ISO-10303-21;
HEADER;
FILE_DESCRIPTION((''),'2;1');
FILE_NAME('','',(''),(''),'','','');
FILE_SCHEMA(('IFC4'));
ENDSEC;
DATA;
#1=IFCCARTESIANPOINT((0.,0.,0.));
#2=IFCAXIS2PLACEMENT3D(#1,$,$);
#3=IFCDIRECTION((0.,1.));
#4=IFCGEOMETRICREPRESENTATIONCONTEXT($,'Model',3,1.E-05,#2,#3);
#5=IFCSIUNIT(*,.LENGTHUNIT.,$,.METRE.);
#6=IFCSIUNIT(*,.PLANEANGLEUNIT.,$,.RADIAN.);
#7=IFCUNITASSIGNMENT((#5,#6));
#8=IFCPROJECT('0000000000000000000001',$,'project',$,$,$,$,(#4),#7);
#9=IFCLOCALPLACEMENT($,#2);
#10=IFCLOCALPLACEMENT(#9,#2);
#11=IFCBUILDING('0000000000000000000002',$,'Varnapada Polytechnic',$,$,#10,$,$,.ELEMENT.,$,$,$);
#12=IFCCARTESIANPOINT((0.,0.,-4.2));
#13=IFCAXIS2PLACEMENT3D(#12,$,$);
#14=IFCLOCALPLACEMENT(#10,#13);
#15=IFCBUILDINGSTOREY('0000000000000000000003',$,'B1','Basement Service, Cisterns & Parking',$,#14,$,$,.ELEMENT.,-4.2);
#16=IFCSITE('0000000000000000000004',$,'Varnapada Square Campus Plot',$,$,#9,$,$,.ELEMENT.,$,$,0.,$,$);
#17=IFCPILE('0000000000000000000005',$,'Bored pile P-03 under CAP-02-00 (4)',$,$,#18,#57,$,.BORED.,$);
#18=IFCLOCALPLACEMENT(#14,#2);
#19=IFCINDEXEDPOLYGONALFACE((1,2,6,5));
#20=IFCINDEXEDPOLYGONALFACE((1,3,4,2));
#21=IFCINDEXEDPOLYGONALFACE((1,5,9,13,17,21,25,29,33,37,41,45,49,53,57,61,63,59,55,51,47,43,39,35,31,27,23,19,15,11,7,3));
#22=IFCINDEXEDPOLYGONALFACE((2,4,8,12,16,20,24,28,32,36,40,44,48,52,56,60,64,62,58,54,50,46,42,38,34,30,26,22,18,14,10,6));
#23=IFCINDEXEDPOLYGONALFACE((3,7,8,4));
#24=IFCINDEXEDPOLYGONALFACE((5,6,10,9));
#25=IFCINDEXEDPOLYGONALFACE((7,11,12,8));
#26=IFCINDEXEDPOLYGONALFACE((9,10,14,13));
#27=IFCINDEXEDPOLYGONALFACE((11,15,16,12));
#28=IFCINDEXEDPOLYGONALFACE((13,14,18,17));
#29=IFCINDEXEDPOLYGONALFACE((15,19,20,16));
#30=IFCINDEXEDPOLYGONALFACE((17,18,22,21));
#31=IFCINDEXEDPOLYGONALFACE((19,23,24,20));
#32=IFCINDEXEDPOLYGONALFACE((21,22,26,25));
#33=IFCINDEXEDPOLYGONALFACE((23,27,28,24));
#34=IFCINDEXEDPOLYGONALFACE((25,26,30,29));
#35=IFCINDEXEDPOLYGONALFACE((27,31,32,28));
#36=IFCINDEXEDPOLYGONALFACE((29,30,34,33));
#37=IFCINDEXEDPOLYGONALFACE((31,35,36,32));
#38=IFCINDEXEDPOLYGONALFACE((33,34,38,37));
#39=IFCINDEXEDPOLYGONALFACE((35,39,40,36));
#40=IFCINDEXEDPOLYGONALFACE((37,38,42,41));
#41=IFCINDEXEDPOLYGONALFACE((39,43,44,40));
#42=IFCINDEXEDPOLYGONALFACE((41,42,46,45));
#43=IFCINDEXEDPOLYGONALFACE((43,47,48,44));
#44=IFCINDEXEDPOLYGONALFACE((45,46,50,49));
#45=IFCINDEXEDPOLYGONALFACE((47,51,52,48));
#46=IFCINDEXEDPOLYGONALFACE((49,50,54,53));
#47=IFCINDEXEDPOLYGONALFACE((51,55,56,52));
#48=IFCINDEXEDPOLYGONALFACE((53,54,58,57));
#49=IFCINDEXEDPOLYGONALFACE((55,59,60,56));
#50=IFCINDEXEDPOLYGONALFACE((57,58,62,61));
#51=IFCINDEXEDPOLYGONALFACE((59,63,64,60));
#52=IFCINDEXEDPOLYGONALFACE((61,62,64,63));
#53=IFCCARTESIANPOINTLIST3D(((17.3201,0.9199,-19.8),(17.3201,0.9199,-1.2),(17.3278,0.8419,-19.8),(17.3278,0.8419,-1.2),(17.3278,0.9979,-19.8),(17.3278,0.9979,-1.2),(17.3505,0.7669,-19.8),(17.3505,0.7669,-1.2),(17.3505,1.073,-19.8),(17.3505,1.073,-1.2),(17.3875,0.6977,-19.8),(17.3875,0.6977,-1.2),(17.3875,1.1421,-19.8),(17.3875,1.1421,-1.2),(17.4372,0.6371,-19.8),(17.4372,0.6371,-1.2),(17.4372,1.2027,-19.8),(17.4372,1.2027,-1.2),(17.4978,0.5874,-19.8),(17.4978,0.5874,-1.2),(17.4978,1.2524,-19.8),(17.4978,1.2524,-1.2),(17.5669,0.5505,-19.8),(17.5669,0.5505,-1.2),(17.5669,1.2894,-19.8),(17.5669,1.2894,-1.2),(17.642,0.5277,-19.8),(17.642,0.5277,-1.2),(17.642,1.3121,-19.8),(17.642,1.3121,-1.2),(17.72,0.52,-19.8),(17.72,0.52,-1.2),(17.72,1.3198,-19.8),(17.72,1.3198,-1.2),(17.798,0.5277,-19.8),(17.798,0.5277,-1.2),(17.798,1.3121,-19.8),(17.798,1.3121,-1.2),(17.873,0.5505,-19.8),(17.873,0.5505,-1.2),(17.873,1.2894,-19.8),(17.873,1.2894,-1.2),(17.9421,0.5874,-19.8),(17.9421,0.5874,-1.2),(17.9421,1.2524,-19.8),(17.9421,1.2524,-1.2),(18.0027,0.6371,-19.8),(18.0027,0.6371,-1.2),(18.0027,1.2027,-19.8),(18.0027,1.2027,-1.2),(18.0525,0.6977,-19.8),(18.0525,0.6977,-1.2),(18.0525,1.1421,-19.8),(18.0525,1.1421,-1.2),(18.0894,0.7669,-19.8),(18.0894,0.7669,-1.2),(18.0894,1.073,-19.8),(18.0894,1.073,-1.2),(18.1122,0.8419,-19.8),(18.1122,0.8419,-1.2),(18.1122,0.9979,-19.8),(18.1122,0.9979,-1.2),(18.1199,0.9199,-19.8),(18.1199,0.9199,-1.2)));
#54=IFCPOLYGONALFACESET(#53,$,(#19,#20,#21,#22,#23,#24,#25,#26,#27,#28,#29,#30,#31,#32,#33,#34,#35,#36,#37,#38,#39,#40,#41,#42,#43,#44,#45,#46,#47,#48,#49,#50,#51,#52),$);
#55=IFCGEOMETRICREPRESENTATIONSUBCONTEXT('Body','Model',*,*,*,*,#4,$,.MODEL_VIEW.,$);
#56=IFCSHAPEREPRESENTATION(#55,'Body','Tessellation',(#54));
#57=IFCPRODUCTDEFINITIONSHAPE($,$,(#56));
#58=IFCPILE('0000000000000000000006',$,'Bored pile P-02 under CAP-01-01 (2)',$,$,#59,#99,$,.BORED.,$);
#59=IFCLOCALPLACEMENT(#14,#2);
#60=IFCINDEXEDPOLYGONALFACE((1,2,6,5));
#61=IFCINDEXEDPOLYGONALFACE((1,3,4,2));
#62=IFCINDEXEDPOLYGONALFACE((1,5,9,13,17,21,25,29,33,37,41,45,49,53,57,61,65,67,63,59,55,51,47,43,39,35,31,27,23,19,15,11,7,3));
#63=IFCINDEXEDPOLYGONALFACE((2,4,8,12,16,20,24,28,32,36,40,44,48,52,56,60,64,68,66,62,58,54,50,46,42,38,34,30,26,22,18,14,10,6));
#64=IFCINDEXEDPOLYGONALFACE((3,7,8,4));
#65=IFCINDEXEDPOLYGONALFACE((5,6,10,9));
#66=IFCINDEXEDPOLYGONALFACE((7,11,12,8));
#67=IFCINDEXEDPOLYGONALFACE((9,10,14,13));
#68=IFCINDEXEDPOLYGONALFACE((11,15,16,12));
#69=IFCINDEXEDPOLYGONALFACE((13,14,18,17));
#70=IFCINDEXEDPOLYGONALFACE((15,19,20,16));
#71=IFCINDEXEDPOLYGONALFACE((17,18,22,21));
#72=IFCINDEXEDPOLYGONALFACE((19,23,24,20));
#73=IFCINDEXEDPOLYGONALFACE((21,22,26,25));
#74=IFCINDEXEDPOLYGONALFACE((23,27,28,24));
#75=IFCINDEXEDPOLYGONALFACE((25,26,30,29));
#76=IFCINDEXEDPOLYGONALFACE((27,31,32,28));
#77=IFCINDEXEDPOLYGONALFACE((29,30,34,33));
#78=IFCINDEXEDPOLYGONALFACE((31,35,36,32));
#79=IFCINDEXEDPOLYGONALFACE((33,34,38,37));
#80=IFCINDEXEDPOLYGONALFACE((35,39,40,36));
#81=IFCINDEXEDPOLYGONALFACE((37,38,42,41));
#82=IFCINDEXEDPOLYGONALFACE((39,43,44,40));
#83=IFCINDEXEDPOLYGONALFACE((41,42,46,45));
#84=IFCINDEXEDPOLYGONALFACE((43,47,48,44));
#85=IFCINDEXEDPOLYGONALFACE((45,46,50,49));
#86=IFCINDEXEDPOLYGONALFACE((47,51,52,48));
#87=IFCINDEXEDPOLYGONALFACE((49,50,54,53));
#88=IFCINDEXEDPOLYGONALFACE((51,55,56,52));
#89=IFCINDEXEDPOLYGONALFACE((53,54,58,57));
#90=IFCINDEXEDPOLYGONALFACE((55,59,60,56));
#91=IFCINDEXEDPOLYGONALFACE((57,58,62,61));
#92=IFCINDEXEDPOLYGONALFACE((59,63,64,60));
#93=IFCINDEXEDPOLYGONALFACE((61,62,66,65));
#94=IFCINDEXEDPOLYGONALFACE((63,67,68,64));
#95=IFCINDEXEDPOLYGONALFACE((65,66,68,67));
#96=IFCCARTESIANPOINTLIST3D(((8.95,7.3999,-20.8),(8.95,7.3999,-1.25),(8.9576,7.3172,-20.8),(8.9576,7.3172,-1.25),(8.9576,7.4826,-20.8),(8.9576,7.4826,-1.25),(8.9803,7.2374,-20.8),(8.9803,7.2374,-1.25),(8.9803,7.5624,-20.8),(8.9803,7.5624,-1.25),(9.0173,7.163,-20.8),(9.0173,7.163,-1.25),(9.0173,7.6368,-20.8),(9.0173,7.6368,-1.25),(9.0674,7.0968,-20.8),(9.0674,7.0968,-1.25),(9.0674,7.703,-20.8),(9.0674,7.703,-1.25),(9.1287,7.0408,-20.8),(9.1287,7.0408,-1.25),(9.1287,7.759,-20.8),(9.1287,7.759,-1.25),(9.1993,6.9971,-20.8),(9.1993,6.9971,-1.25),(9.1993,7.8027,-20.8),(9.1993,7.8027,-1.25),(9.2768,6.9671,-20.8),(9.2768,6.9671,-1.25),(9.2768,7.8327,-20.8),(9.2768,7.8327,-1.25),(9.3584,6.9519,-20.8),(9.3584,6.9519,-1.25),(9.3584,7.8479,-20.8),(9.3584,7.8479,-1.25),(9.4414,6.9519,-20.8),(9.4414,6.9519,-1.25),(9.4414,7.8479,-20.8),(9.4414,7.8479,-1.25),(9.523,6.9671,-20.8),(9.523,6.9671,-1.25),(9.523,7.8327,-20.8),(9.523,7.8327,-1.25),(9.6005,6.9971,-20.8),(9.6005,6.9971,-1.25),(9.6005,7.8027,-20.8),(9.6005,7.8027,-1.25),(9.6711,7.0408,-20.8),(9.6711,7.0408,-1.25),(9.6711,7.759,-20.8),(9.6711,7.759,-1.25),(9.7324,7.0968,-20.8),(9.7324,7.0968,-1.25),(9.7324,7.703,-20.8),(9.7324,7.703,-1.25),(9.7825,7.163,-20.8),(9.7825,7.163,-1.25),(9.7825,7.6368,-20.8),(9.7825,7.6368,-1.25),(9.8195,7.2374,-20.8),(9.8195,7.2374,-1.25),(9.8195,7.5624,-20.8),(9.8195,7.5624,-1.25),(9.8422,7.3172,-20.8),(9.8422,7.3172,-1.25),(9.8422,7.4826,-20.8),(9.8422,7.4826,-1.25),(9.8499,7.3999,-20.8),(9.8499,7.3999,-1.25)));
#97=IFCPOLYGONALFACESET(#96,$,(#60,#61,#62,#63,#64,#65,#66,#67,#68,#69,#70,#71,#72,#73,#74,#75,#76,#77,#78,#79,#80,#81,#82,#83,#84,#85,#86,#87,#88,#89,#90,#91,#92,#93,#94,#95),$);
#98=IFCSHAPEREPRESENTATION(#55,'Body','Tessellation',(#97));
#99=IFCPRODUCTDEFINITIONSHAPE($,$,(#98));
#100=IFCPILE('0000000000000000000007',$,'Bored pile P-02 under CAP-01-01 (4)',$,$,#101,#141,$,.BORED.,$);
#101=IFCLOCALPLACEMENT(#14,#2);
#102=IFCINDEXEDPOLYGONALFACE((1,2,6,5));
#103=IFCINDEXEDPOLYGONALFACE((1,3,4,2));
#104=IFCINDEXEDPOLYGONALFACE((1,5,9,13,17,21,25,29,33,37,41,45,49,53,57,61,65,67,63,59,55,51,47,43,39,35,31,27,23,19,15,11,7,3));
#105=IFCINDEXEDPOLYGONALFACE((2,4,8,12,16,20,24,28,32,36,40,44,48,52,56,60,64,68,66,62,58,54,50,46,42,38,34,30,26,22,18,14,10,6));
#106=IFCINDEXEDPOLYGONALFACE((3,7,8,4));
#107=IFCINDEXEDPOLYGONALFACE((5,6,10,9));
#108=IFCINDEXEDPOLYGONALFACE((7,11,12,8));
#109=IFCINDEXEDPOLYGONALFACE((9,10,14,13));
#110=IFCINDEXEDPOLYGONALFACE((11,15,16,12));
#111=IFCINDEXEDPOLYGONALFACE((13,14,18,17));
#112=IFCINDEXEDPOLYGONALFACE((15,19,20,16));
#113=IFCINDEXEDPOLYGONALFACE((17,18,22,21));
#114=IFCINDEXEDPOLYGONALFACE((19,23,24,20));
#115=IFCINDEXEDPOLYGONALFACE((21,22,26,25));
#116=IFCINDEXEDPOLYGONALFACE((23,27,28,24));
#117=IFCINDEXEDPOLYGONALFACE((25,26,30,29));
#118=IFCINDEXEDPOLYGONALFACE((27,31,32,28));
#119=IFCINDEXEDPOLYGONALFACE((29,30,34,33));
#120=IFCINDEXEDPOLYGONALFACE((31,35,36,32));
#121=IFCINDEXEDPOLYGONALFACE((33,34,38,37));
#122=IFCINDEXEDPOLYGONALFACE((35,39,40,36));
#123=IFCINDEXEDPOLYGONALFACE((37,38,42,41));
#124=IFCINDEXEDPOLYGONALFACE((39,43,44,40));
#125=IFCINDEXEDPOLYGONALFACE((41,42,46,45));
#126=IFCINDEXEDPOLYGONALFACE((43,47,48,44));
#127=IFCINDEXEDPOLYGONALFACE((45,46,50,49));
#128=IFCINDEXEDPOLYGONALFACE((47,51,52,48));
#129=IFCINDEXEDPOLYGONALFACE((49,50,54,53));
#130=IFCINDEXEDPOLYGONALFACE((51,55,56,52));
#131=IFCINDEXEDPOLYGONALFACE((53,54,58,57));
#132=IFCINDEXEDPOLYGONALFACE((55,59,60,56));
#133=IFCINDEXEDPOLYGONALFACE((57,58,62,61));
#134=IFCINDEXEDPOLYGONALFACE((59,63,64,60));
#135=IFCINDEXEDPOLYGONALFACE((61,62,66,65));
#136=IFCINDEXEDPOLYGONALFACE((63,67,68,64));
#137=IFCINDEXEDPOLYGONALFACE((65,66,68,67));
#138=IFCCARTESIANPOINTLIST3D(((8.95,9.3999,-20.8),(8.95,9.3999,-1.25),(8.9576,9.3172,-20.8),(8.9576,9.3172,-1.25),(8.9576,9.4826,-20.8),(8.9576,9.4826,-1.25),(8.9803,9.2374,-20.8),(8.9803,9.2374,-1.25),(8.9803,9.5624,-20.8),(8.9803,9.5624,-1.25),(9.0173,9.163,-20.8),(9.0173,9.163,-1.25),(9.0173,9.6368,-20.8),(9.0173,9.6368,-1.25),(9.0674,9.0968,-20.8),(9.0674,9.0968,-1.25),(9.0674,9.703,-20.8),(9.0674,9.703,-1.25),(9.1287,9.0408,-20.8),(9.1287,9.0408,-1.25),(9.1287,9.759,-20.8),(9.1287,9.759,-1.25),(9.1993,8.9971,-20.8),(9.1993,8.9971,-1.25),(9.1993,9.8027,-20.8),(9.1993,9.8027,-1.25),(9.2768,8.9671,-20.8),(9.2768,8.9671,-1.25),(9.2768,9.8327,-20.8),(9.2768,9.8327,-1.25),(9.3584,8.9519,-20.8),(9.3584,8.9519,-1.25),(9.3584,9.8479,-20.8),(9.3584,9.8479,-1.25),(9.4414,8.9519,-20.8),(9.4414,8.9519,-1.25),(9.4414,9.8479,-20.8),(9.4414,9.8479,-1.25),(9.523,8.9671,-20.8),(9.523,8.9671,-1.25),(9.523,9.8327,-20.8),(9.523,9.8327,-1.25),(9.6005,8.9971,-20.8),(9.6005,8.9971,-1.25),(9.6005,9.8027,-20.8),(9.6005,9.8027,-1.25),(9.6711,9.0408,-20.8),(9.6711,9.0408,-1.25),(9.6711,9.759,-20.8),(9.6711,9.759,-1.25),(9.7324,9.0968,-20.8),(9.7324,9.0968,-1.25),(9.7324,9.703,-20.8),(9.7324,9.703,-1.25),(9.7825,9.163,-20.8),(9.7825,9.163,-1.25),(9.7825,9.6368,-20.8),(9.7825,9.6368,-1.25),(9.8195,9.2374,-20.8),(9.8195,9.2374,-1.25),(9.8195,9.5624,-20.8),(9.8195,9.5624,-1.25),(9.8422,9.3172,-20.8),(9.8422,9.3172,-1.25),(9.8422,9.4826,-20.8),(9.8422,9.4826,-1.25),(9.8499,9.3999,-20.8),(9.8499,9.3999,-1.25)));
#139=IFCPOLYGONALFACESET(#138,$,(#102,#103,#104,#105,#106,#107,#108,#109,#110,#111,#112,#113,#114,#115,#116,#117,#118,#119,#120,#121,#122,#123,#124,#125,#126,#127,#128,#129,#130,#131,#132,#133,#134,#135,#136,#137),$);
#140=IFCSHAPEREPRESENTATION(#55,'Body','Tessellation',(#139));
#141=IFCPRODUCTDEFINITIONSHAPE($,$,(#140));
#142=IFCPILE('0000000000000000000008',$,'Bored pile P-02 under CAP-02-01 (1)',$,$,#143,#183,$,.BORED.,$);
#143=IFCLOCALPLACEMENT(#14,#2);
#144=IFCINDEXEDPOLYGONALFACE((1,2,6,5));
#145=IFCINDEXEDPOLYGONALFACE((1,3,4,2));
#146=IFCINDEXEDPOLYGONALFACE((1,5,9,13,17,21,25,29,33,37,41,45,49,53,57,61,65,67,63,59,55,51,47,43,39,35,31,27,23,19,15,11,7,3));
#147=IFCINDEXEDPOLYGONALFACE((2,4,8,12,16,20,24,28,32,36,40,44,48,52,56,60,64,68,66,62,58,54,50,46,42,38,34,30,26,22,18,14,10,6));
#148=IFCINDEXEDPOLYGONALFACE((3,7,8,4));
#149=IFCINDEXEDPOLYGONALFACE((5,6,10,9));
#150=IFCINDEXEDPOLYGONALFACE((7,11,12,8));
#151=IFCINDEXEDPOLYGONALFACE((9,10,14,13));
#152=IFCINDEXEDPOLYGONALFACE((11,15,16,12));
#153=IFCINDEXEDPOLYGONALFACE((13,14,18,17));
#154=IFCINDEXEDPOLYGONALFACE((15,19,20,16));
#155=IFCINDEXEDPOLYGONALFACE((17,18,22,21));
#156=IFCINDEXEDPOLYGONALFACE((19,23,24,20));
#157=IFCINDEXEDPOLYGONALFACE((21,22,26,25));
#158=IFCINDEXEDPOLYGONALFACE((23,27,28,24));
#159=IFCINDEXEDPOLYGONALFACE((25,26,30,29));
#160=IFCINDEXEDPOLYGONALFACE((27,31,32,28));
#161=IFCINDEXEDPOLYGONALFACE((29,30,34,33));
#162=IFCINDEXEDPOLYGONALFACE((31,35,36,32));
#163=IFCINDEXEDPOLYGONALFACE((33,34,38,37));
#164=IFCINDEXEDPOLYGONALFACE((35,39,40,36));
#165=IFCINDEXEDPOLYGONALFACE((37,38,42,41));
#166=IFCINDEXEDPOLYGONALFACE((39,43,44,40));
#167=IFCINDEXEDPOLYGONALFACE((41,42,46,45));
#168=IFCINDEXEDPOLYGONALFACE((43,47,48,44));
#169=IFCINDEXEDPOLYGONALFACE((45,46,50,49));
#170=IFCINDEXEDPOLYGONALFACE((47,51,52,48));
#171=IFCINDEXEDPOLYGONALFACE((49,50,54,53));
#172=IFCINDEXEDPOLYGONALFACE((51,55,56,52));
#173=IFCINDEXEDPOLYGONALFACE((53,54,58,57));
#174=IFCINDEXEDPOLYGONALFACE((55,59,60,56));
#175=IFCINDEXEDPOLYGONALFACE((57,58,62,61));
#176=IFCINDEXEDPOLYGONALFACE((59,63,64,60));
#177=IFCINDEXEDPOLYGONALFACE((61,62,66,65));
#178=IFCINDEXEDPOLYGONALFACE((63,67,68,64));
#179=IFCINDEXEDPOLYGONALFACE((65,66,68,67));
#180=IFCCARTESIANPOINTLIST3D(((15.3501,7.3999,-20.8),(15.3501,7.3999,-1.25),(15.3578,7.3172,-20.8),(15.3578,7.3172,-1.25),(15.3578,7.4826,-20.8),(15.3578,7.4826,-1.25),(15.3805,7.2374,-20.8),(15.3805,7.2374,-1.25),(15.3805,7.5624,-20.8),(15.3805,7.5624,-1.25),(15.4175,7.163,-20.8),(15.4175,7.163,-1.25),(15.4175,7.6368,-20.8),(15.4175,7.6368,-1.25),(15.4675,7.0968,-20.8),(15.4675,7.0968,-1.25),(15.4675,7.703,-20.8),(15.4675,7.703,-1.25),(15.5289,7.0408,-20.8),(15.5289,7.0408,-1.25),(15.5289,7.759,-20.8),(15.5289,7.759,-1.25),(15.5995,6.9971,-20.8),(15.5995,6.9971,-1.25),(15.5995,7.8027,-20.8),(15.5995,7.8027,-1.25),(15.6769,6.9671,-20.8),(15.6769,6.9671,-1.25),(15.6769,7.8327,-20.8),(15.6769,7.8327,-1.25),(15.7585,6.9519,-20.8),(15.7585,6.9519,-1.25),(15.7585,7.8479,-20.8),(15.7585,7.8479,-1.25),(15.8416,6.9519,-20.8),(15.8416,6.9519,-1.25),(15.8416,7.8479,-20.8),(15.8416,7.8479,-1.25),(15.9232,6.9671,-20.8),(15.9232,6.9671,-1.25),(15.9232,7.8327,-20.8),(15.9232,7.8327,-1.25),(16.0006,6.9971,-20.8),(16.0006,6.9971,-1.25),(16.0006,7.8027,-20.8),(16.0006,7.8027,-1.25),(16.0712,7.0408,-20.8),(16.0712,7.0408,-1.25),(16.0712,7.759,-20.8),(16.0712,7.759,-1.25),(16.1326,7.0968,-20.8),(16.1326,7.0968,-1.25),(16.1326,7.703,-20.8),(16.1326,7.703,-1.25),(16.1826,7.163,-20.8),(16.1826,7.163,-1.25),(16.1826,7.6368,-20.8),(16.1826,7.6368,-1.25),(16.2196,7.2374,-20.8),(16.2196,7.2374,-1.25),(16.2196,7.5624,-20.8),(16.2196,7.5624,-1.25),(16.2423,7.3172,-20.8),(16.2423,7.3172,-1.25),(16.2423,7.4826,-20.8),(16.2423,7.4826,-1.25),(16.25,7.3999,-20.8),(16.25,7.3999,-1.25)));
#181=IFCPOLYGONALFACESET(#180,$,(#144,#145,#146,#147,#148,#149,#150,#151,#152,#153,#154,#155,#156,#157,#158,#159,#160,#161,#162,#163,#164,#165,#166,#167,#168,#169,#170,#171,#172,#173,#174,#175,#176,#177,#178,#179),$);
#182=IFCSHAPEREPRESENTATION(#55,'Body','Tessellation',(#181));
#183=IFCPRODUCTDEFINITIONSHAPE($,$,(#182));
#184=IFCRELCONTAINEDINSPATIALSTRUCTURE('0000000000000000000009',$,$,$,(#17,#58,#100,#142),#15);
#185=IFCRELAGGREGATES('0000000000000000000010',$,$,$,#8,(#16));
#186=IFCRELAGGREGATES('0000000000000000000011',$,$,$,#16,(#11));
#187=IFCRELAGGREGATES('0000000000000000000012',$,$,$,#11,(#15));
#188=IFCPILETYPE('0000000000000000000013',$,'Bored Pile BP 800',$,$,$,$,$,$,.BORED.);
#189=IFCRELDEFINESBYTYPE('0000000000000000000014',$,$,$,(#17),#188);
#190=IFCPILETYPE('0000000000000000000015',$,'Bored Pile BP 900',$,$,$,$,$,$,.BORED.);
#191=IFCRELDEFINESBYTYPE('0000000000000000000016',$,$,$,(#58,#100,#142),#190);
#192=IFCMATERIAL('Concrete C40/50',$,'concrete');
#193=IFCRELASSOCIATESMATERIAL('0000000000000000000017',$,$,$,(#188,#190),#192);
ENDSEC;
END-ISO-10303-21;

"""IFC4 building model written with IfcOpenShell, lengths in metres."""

from ifc_helpers import new_model, si_unit, direction, frame, origin, origin_2d, place, context, subcontext, project, spatial, circle, extrude, material, material_profile, profile_set, type_object, element, save


model = new_model("IFC4")

# Units and contexts
model_context = context("Model", 3, precision=1e-05, world=origin(), true_north=direction((0.0, 1.0)))
body_context = subcontext(model_context, "Body", "Model", "MODEL_VIEW")
ifc_project = project(units=[si_unit("LENGTHUNIT", "METRE"), si_unit("PLANEANGLEUNIT", "RADIAN")], contexts=[model_context])

# Site, building, storey
site_placement = place(None, origin())
site = spatial("IfcSite", under=ifc_project, at=site_placement, Name="Varnapada Square Campus Plot", CompositionType="ELEMENT", RefElevation=0.0)
building_placement = place(site_placement, origin())
building = spatial("IfcBuilding", under=site, at=building_placement, Name="Varnapada Polytechnic", CompositionType="ELEMENT")
storey_placement = place(building_placement, frame((0.0, 0.0, -4.2)))
storey = spatial("IfcBuildingStorey", under=building, at=storey_placement, Name="B1", Description="Basement Service, Cisterns & Parking", CompositionType="ELEMENT", Elevation=-4.2)

# Piles
ifc_material_1 = material(Name="Concrete C40/50", Category="concrete")
ifc_material_profile_1 = material_profile(ifc_material_1, circle(Radius=0.3999, at=origin_2d()), Name="BP 800")
ifc_profile_set_1 = profile_set([ifc_material_profile_1], Name="Concrete C40/50")
pile_type_1 = type_object("IfcPileType", Name="Bored Pile BP 800", PredefinedType="BORED", material=ifc_profile_set_1)
for number, where, z_axis, x_axis, name in (
    (1, (17.72, 0.9199, -1.2), (0.0, 0.0, -1.0), (1.0, 0.0, 0.0), "Bored pile P-03 under CAP-02-00 (4)"),
):
    element("IfcPile", number, at=place(storey_placement, frame(where, z_axis=z_axis, x_axis=x_axis)), inside=storey, type_object=pile_type_1, Name=name, PredefinedType="BORED", context=body_context, shape_type="SweptSolid", body=[
        extrude(circle(Radius=0.3999, at=origin_2d()), origin(), (0.0, 0.0, 1.0), 18.6001),
    ])
ifc_material_profile_2 = material_profile(ifc_material_1, circle(Radius=0.45, at=origin_2d()), Name="BP 900")
ifc_profile_set_2 = profile_set([ifc_material_profile_2], Name="Concrete C40/50")
pile_type_2 = type_object("IfcPileType", Name="Bored Pile BP 900", PredefinedType="BORED", material=ifc_profile_set_2)
for number, where, z_axis, x_axis, name in (
    (2, (9.3999, 7.3999, -1.25), (0.0, 0.0, -1.0), (1.0, 0.0, 0.0), "Bored pile P-02 under CAP-01-01 (2)"),
    (3, (9.3999, 9.3999, -1.25), (0.0, 0.0, -1.0), (1.0, 0.0, 0.0), "Bored pile P-02 under CAP-01-01 (4)"),
    (4, (15.8, 7.3999, -1.25), (0.0, 0.0, -1.0), (1.0, 0.0, 0.0), "Bored pile P-02 under CAP-02-01 (1)"),
):
    element("IfcPile", number, at=place(storey_placement, frame(where, z_axis=z_axis, x_axis=x_axis)), inside=storey, type_object=pile_type_2, Name=name, PredefinedType="BORED", context=body_context, shape_type="SweptSolid", body=[
        extrude(circle(Radius=0.45, at=origin_2d()), origin(), (0.0, 0.0, 1.0), 19.55),
    ])

save(model, "model.ifc")
